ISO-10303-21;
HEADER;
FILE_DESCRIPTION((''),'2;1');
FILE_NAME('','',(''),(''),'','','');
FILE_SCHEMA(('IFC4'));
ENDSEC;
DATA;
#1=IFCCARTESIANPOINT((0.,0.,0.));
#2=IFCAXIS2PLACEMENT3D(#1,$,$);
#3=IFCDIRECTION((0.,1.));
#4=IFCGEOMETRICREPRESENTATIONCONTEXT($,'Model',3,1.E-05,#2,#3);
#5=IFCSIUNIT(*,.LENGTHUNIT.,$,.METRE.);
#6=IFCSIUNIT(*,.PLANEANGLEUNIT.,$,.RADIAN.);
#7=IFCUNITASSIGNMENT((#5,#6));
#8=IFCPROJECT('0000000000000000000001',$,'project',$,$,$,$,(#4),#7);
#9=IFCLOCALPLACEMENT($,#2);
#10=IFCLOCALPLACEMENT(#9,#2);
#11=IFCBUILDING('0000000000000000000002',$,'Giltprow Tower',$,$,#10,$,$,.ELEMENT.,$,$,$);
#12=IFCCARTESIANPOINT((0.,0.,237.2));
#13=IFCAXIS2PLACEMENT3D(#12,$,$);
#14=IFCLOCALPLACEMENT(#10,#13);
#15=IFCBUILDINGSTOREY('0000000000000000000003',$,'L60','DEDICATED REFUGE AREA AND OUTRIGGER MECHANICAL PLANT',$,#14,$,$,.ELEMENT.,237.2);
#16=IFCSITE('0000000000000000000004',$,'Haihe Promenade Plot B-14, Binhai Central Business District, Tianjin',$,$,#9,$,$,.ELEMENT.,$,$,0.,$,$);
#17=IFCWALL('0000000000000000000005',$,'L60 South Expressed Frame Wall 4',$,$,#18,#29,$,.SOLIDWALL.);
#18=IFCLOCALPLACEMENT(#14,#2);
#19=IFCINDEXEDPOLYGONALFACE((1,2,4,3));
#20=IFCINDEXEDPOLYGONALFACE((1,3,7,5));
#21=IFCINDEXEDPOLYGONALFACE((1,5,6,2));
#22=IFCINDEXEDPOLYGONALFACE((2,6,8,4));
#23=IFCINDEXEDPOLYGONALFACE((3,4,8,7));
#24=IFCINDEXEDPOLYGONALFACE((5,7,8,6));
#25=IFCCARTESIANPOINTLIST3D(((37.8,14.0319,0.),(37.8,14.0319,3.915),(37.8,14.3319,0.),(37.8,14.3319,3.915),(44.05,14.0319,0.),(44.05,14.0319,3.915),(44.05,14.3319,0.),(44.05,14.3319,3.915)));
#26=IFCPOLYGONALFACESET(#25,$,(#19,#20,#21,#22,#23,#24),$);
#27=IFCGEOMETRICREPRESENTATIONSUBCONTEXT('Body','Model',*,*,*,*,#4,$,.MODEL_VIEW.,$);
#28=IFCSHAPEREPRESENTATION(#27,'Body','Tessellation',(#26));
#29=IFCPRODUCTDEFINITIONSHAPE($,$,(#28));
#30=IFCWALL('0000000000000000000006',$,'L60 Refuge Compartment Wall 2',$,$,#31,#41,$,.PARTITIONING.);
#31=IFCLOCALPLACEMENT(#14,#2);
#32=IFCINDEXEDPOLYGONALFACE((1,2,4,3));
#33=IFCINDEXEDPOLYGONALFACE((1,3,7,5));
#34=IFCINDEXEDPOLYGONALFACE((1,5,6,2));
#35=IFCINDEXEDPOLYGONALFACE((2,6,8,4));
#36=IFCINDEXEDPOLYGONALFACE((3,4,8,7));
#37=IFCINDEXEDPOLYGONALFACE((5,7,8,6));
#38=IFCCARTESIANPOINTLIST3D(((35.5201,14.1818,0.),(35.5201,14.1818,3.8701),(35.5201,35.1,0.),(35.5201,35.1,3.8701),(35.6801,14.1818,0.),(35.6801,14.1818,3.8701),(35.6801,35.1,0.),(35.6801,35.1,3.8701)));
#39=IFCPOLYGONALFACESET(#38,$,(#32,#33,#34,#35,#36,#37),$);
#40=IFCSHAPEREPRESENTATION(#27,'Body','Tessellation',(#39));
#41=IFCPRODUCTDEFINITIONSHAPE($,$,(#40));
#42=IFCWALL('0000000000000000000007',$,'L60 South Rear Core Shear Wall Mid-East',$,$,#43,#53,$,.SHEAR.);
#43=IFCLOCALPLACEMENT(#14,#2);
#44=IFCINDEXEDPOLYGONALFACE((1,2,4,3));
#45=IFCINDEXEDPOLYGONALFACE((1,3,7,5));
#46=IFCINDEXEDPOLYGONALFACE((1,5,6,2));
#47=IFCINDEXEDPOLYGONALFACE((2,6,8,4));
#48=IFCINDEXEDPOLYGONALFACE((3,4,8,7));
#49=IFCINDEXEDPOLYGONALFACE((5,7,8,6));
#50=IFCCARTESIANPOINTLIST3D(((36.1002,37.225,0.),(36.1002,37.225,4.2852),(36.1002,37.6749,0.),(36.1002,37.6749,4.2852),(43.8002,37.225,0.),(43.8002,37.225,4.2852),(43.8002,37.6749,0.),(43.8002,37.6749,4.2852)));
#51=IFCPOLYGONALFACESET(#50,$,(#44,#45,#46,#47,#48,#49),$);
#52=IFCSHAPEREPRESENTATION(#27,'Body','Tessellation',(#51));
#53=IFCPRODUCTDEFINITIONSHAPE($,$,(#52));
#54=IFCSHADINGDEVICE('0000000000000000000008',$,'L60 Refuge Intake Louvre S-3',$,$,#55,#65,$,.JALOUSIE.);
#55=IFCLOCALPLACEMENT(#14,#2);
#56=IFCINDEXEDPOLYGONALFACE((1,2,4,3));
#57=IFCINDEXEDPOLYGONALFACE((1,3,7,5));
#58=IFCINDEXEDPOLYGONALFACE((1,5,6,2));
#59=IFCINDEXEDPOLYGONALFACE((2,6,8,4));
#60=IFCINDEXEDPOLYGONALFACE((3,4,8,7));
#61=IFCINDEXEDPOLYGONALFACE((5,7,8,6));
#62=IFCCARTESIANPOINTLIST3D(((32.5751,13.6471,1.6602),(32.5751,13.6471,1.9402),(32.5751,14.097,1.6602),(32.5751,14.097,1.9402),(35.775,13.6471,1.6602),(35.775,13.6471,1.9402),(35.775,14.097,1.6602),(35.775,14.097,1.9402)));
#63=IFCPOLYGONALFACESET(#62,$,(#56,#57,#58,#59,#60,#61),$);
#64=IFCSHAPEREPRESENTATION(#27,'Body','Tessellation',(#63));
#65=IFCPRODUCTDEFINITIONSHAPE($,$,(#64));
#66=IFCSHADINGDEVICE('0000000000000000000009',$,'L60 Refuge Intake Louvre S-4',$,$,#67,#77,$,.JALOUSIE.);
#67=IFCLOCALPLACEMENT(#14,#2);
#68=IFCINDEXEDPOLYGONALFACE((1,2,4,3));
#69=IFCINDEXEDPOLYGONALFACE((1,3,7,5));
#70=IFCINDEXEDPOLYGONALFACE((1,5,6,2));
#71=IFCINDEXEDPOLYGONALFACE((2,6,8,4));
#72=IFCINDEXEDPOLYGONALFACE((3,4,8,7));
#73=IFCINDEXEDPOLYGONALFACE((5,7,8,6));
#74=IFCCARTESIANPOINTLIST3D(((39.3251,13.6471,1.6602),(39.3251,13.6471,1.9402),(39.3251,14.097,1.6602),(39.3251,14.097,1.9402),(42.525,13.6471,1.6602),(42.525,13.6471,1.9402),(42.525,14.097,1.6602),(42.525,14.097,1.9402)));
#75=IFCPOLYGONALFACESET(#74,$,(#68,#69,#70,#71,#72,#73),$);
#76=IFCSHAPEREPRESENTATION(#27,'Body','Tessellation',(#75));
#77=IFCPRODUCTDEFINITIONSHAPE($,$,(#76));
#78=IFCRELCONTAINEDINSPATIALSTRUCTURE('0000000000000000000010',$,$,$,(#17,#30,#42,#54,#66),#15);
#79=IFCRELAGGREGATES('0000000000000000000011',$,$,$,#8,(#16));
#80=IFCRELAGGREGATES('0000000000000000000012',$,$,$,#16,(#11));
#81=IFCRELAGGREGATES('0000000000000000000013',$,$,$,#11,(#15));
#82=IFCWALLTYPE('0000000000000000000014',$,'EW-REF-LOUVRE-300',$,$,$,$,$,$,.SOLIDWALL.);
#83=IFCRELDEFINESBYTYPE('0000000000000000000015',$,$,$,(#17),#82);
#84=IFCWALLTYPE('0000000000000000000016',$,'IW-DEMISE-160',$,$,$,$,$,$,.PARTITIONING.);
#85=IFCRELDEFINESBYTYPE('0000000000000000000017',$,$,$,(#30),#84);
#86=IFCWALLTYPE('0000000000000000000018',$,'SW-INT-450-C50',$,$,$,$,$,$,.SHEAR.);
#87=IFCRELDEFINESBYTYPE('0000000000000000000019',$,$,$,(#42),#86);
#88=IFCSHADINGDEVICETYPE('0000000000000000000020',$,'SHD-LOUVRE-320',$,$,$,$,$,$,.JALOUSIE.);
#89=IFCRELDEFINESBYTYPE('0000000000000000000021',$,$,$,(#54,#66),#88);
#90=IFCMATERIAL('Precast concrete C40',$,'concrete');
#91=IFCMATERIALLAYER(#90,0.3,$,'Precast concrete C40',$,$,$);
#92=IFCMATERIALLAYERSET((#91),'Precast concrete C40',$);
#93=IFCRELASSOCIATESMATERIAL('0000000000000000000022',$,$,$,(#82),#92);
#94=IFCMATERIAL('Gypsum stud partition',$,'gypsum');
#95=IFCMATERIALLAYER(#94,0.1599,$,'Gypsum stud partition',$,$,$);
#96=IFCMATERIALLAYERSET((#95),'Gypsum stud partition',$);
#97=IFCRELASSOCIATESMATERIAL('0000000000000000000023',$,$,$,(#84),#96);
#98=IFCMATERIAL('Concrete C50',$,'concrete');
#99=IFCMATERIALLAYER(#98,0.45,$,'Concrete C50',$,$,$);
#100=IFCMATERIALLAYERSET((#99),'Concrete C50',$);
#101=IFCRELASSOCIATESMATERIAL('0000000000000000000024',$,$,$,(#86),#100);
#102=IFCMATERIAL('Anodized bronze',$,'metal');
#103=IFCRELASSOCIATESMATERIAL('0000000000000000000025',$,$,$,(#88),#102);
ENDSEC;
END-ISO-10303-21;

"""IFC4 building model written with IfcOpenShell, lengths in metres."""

from ifc_helpers import new_model, si_unit, direction, frame, frame_2d, origin, origin_2d, place, context, subcontext, project, spatial, rectangle, extrude, source, transform, mapped, material, layer, layer_set, type_object, element, save


model = new_model("IFC4")

# Units and contexts
model_context = context("Model", 3, precision=1e-05, world=origin(), true_north=direction((0.0, 1.0)))
body_context = subcontext(model_context, "Body", "Model", "MODEL_VIEW")
ifc_project = project(units=[si_unit("LENGTHUNIT", "METRE"), si_unit("PLANEANGLEUNIT", "RADIAN")], contexts=[model_context])

# Site, building, storey
site_placement = place(None, origin())
site = spatial("IfcSite", under=ifc_project, at=site_placement, Name="Haihe Promenade Plot B-14, Binhai Central Business District, Tianjin", CompositionType="ELEMENT", RefElevation=0.0)
building_placement = place(site_placement, origin())
building = spatial("IfcBuilding", under=site, at=building_placement, Name="Giltprow Tower", CompositionType="ELEMENT")
storey_placement = place(building_placement, frame((0.0, 0.0, 237.2)))
storey = spatial("IfcBuildingStorey", under=building, at=storey_placement, Name="L60", Description="DEDICATED REFUGE AREA AND OUTRIGGER MECHANICAL PLANT", CompositionType="ELEMENT", Elevation=237.2)

# Shared definitions
ifc_material_1 = material(Name="Concrete C50", Category="concrete")

# Walls
ifc_material_2 = material(Name="Precast concrete C40", Category="concrete")
ifc_layer_1 = layer(ifc_material_2, 0.3, Name="Precast concrete C40")
ifc_layer_set_1 = layer_set([ifc_layer_1], Name="Precast concrete C40")
wall_type_1 = type_object("IfcWallType", Name="EW-REF-LOUVRE-300", PredefinedType="SOLIDWALL", material=ifc_layer_set_1)
wall_1_placement = place(storey_placement, frame((37.8, 14.1819, 0.0), z_axis=(0.0, 0.0, 1.0), x_axis=(1.0, 0.0, 0.0)))
element("IfcWall", 1, at=wall_1_placement, inside=storey, type_object=wall_type_1, Name="L60 South Expressed Frame Wall 4", PredefinedType="SOLIDWALL", context=body_context, shape_type="SweptSolid", body=[
    extrude(rectangle(XDim=6.25, YDim=0.3, at=frame_2d((3.125, 0.0))), origin(), (0.0, 0.0, 1.0), 3.915),
])
ifc_material_3 = material(Name="Gypsum stud partition", Category="gypsum")
ifc_layer_2 = layer(ifc_material_3, 0.1599, Name="Gypsum stud partition")
ifc_layer_set_2 = layer_set([ifc_layer_2], Name="Gypsum stud partition")
wall_type_2 = type_object("IfcWallType", Name="IW-DEMISE-160", PredefinedType="PARTITIONING", material=ifc_layer_set_2)
wall_2_placement = place(storey_placement, frame((35.6001, 14.1819, 0.0), z_axis=(0.0, 0.0, 1.0), x_axis=(0.0, 1.0, 0.0)))
element("IfcWall", 2, at=wall_2_placement, inside=storey, type_object=wall_type_2, Name="L60 Refuge Compartment Wall 2", PredefinedType="PARTITIONING", context=body_context, shape_type="SweptSolid", body=[
    extrude(rectangle(XDim=20.9182, YDim=0.1599, at=frame_2d((10.459, 0.0))), origin(), (0.0, 0.0, 1.0), 3.8701),
])
ifc_layer_3 = layer(ifc_material_1, 0.45, Name="Concrete C50")
ifc_layer_set_3 = layer_set([ifc_layer_3], Name="Concrete C50")
wall_type_3 = type_object("IfcWallType", Name="SW-INT-450-C50", PredefinedType="SHEAR", material=ifc_layer_set_3)
wall_3_placement = place(storey_placement, frame((36.1001, 37.45, 0.0), z_axis=(0.0, 0.0, 1.0), x_axis=(1.0, 0.0, 0.0)))
element("IfcWall", 3, at=wall_3_placement, inside=storey, type_object=wall_type_3, Name="L60 South Rear Core Shear Wall Mid-East", PredefinedType="SHEAR", context=body_context, shape_type="SweptSolid", body=[
    extrude(rectangle(XDim=7.7, YDim=0.45, at=frame_2d((3.8501, 0.0))), origin(), (0.0, 0.0, 1.0), 4.2852),
])

# Shading devices
ifc_material_4 = material(Name="Anodized bronze", Category="metal")
shading_device_type = type_object("IfcShadingDeviceType", Name="SHD-LOUVRE-320", PredefinedType="JALOUSIE", material=ifc_material_4)
shared_shape_1 = source(origin(), body_context, "Body", "SweptSolid", [
    extrude(rectangle(XDim=3.2, YDim=0.45, at=origin_2d()), origin(), (0.0, 0.0, 1.0), 0.28),
])
for number, where, z_axis, x_axis, name in (
    (4, (34.175, 13.8721, 1.6602), (0.0, 0.0, 1.0), (1.0, 0.0, 0.0), "L60 Refuge Intake Louvre S-3"),
    (5, (40.925, 13.8721, 1.6602), (0.0, 0.0, 1.0), (1.0, 0.0, 0.0), "L60 Refuge Intake Louvre S-4"),
):
    element("IfcShadingDevice", number, at=place(storey_placement, frame(where, z_axis=z_axis, x_axis=x_axis)), inside=storey, type_object=shading_device_type, Name=name, PredefinedType="JALOUSIE", context=body_context, shape_type="MappedRepresentation", body=[
        mapped(shared_shape_1, transform((0.0, 0.0, 0.0), x_axis=(1.0, 0.0, 0.0), y_axis=(0.0, 1.0, 0.0), z_axis=(0.0, 0.0, 1.0), scale=1.0)),
    ])

save(model, "model.ifc")
